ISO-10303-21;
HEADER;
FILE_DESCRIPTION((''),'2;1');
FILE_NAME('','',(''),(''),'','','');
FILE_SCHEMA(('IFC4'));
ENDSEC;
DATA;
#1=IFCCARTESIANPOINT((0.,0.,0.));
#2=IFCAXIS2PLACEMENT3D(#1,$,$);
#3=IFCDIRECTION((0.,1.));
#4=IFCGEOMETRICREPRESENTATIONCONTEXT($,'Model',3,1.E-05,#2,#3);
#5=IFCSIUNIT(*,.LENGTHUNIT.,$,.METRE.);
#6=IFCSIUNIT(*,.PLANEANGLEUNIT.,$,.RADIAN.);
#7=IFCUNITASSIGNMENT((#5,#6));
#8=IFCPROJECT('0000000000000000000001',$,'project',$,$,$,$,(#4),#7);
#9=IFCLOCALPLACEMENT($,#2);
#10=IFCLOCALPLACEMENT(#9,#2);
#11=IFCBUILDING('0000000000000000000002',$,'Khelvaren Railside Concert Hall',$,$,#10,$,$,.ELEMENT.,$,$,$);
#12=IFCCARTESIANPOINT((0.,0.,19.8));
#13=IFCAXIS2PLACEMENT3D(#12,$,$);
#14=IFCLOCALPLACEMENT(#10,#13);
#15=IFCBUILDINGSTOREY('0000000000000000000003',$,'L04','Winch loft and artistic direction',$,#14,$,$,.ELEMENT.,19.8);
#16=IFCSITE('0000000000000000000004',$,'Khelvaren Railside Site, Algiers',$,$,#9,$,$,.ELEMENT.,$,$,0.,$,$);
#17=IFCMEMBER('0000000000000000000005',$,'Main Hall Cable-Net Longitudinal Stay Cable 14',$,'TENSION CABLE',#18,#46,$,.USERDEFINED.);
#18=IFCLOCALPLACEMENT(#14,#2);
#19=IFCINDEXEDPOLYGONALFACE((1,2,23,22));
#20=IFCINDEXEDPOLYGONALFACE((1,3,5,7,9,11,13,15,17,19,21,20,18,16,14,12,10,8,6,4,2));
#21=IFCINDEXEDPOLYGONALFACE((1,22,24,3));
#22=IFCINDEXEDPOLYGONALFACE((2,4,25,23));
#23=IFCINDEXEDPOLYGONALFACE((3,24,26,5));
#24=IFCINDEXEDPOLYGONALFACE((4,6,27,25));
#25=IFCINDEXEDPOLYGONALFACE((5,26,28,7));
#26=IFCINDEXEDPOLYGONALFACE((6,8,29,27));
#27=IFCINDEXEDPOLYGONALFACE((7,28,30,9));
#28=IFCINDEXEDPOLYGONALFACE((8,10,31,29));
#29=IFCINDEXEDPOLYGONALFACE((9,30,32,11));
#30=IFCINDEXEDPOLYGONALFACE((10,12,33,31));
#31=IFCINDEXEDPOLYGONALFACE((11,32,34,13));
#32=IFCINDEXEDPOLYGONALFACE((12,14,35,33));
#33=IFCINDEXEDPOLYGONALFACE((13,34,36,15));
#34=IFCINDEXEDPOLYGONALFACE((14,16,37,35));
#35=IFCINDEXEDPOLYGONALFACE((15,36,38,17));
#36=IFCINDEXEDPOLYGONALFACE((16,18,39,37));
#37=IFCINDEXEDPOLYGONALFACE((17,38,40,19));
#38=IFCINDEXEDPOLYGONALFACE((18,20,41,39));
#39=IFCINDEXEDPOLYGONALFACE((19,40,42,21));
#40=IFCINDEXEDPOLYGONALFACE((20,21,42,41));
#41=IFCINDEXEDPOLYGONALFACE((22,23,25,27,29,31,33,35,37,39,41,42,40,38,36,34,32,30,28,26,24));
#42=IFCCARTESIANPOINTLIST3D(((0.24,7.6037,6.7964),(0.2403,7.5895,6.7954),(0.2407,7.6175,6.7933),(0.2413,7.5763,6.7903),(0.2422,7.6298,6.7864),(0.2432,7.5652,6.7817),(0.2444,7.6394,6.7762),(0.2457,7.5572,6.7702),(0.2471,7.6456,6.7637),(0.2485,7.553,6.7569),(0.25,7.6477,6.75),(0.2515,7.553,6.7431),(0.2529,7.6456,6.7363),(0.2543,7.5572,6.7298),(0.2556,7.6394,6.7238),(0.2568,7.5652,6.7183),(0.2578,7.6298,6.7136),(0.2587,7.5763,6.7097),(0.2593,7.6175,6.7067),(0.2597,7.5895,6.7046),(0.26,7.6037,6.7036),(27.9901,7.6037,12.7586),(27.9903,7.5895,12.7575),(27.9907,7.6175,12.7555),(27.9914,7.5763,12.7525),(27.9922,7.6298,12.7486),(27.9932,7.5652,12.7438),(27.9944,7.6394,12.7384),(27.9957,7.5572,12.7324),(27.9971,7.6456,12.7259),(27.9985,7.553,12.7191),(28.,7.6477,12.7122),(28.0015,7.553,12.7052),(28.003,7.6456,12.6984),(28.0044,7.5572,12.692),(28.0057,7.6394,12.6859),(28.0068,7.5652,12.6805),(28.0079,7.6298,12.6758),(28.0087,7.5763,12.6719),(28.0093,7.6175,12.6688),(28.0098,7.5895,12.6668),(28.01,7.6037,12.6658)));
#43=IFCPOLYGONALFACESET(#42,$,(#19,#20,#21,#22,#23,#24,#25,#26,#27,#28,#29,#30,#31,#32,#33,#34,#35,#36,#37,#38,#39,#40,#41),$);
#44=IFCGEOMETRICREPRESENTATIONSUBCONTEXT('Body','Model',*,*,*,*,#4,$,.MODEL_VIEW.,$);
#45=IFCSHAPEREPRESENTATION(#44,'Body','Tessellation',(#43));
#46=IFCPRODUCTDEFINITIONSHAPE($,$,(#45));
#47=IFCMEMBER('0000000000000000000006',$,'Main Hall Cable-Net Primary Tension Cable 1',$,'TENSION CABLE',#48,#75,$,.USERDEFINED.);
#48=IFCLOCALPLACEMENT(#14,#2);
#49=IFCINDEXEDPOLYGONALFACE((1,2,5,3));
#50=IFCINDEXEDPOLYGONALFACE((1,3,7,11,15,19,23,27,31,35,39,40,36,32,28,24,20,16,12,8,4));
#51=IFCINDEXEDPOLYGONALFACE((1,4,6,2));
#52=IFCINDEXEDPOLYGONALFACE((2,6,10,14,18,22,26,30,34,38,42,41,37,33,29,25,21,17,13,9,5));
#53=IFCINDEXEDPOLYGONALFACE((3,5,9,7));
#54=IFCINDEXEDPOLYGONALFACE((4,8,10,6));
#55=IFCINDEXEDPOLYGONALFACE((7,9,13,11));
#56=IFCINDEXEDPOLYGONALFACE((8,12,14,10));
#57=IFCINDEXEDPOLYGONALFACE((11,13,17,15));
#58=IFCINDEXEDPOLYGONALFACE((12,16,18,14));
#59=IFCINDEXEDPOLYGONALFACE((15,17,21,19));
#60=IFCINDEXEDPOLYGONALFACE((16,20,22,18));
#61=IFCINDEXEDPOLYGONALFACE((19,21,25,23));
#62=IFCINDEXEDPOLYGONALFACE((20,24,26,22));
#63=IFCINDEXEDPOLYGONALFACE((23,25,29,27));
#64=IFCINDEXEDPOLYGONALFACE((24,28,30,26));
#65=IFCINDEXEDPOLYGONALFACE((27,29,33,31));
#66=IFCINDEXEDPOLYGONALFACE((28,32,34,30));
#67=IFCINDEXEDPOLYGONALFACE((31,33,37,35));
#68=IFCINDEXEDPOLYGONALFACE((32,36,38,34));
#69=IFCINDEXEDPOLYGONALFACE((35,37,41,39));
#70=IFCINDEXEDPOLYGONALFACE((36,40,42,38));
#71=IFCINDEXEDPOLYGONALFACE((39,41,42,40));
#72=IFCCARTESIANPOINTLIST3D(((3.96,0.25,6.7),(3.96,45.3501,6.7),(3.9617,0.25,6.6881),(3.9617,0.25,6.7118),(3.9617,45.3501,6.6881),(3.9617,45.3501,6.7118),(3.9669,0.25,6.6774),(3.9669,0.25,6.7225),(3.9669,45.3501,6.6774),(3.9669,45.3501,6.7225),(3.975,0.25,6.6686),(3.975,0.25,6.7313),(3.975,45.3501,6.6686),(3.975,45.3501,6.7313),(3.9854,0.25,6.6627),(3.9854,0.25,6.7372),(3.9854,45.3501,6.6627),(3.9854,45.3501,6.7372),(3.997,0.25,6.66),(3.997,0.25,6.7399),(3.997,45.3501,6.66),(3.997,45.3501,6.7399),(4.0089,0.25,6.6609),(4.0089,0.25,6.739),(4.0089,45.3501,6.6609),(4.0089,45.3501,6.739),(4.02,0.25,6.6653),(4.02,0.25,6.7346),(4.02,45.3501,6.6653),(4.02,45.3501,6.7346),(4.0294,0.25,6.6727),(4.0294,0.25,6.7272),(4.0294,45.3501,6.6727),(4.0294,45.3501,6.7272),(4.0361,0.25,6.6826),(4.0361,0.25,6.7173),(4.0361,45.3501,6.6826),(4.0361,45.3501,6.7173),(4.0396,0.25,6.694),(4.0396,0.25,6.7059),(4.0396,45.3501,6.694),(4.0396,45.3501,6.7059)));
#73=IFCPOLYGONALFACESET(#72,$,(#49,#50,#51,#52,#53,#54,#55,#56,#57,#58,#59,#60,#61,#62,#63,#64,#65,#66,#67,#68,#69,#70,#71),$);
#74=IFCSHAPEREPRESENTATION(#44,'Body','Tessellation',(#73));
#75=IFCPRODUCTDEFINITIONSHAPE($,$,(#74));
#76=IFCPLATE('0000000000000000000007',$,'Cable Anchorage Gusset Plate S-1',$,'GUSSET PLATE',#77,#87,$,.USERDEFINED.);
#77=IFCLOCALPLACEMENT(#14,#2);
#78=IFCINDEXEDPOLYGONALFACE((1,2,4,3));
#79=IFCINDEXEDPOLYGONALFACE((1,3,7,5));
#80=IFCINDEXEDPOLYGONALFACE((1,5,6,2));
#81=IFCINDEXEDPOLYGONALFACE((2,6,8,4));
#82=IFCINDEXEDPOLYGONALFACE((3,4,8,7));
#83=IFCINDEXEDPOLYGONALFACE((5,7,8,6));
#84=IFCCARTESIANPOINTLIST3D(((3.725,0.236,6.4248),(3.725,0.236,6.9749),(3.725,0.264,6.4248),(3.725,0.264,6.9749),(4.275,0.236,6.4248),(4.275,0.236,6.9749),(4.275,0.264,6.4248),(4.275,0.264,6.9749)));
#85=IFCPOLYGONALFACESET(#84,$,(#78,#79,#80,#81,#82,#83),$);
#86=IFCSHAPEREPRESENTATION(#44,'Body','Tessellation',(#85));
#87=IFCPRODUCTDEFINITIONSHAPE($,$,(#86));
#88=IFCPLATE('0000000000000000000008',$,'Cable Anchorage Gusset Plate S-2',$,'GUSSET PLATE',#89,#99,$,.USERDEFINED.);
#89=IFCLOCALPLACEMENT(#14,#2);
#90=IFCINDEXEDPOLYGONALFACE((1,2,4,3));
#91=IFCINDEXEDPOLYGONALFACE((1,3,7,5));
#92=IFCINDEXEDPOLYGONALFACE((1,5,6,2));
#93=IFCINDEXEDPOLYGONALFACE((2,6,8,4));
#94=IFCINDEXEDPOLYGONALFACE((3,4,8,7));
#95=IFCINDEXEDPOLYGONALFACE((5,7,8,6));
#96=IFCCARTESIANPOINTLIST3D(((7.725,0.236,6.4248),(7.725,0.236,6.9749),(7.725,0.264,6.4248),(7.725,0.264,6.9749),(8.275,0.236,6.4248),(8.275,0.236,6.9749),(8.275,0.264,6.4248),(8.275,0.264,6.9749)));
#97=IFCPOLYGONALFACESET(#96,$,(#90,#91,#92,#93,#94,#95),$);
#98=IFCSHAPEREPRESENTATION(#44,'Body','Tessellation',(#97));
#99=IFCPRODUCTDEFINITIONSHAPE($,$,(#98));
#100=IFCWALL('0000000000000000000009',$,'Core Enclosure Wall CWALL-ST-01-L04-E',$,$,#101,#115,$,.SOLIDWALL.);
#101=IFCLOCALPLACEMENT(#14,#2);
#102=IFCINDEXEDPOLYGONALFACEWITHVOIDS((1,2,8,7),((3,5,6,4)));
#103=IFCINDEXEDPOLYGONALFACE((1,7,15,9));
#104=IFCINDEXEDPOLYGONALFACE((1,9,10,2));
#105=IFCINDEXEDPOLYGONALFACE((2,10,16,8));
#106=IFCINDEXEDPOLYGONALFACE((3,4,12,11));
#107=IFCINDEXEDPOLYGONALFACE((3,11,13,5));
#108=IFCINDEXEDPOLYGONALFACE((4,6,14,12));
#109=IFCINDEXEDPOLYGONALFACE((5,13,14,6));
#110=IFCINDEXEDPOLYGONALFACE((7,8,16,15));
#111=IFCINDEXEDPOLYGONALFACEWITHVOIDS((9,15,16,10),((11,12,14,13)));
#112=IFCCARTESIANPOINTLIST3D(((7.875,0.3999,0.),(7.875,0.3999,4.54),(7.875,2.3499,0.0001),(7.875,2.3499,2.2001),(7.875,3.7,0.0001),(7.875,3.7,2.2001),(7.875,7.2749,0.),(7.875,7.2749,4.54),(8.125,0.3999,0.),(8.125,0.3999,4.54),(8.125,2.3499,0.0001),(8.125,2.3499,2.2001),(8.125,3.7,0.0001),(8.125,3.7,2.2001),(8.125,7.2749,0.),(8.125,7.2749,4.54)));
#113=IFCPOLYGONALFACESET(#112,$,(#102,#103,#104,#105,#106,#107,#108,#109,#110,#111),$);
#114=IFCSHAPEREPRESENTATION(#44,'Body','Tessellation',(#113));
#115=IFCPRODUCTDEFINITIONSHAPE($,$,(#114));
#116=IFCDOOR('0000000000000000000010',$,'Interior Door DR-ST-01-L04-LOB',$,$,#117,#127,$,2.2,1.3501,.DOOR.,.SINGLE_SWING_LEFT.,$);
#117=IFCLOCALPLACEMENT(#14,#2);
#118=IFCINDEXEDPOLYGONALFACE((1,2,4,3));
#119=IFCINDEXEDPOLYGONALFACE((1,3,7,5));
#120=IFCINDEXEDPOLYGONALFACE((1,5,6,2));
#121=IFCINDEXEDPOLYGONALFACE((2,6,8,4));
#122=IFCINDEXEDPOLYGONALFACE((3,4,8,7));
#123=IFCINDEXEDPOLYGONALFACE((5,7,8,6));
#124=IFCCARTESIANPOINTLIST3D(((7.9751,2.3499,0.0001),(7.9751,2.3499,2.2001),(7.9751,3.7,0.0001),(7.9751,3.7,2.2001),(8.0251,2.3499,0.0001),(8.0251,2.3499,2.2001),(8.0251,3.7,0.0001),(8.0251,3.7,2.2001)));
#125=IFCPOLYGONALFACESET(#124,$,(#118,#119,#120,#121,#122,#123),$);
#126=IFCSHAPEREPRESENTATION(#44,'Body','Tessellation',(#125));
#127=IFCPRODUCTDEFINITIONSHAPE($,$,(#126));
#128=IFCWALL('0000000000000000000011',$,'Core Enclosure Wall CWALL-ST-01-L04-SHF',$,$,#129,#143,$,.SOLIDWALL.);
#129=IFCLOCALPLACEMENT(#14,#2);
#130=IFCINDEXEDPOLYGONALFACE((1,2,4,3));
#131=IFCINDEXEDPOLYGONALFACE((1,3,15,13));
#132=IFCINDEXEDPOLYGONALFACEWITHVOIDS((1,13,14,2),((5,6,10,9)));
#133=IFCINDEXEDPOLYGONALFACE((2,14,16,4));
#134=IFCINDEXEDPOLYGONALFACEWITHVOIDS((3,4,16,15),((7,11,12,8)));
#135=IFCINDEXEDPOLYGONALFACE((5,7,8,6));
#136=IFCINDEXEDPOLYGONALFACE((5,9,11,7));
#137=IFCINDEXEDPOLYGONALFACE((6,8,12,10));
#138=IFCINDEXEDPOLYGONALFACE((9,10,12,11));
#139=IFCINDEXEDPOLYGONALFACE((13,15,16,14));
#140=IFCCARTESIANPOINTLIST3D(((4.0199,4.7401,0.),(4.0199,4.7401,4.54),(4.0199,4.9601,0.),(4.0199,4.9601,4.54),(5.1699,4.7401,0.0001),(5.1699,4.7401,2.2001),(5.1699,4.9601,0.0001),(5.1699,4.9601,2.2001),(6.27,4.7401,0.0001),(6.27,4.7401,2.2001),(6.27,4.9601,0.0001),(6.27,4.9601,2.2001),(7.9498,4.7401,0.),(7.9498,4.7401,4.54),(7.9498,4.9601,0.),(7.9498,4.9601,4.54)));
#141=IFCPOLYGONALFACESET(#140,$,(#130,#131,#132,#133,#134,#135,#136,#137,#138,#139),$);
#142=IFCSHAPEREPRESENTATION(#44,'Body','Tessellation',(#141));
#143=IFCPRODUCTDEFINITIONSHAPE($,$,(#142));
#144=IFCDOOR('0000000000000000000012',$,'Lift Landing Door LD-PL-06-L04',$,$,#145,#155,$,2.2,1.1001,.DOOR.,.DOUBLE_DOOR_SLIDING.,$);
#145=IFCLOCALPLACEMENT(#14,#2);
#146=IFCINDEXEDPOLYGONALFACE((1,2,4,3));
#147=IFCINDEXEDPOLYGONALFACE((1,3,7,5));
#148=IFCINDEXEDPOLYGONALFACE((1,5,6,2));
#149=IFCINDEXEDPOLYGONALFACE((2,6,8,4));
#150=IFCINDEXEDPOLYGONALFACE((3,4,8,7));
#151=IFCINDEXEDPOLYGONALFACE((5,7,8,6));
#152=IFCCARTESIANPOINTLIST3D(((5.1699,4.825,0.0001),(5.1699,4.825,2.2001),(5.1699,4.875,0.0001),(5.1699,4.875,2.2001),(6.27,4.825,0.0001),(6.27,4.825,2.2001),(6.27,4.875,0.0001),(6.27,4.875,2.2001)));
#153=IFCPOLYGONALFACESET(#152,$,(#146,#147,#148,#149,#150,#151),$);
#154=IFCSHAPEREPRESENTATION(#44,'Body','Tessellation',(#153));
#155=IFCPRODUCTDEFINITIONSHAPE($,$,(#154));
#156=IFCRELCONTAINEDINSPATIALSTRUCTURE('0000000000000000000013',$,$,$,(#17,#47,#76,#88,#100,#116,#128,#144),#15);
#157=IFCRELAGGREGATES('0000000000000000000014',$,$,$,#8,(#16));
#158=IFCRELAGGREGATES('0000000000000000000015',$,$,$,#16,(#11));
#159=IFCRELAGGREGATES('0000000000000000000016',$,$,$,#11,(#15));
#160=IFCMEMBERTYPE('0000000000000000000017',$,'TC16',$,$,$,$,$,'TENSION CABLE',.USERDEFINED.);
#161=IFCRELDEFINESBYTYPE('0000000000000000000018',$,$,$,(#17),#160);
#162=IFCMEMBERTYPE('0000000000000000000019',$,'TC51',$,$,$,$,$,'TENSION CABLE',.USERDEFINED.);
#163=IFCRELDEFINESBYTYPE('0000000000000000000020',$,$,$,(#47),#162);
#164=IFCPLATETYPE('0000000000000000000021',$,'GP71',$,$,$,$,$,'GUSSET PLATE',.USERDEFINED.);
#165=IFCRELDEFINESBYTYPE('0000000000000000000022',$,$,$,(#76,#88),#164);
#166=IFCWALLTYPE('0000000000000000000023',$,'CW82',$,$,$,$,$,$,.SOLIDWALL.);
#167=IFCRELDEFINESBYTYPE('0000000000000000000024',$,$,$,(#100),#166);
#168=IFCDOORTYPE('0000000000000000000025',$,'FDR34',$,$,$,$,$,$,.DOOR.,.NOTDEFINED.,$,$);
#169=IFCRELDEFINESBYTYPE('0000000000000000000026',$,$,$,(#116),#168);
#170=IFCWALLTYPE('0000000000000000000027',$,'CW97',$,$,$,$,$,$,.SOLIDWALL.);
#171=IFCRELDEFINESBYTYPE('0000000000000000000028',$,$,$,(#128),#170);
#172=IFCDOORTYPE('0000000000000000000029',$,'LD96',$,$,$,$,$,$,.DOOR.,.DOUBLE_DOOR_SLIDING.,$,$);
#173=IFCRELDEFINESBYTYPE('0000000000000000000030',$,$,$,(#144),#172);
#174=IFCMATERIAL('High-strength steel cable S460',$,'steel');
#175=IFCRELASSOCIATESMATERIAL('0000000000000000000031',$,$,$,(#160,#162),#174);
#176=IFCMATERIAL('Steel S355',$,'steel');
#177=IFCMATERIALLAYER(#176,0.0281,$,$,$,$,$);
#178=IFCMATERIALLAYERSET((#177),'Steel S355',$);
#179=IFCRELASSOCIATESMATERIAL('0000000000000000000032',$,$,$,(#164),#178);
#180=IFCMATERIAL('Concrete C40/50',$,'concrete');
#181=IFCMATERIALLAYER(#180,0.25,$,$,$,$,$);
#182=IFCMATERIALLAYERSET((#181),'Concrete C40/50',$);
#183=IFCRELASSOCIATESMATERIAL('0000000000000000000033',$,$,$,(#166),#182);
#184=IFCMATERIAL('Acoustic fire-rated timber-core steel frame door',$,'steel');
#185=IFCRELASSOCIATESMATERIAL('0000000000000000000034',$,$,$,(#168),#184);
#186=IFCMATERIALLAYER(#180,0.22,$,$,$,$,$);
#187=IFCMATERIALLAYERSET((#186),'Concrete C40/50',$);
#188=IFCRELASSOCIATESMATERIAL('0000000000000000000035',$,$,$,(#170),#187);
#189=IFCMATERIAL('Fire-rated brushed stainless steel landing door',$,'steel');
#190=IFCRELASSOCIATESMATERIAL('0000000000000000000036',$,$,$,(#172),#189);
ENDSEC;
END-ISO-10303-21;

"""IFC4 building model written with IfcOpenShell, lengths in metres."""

from ifc_helpers import new_model, si_unit, direction, frame, frame_2d, origin, origin_2d, place, context, subcontext, project, spatial, rectangle, circle, extrude, material, layer, layer_set, material_profile, profile_set, type_object, element, fill, save


model = new_model("IFC4")

# Units and contexts
model_context = context("Model", 3, precision=1e-05, world=origin(), true_north=direction((0.0, 1.0)))
body_context = subcontext(model_context, "Body", "Model", "MODEL_VIEW")
ifc_project = project(units=[si_unit("LENGTHUNIT", "METRE"), si_unit("PLANEANGLEUNIT", "RADIAN")], contexts=[model_context])

# Site, building, storey
site_placement = place(None, origin())
site = spatial("IfcSite", under=ifc_project, at=site_placement, Name="Khelvaren Railside Site, Algiers", CompositionType="ELEMENT", RefElevation=0.0)
building_placement = place(site_placement, origin())
building = spatial("IfcBuilding", under=site, at=building_placement, Name="Khelvaren Railside Concert Hall", CompositionType="ELEMENT")
storey_placement = place(building_placement, frame((0.0, 0.0, 19.8)))
storey = spatial("IfcBuildingStorey", under=building, at=storey_placement, Name="L04", Description="Winch loft and artistic direction", CompositionType="ELEMENT", Elevation=19.8)

# Shared definitions
ifc_material_1 = material(Name="Concrete C40/50", Category="concrete")
ifc_material_2 = material(Name="Steel S355", Category="steel")

# Members
ifc_material_3 = material(Name="High-strength steel cable S460", Category="steel")
ifc_material_profile_1 = material_profile(ifc_material_3, circle(Radius=0.0476, at=origin_2d()), Name="LCB D95")
ifc_profile_set_1 = profile_set([ifc_material_profile_1], Name="High-strength steel cable S460")
member_type_1 = type_object("IfcMemberType", Name="TC16", ElementType="TENSION CABLE", PredefinedType="USERDEFINED", material=ifc_profile_set_1)
member_1_placement = place(storey_placement, frame((0.25, 7.6001, 6.75), z_axis=(0.977689, 0.0, 0.210059), x_axis=(0.0, 1.0, 0.0)))
element("IfcMember", 1, at=member_1_placement, inside=storey, type_object=member_type_1, Name="Main Hall Cable-Net Longitudinal Stay Cable 14", ObjectType="TENSION CABLE", PredefinedType="USERDEFINED", context=body_context, shape_type="SweptSolid", body=[
    extrude(circle(Radius=0.0476, at=origin_2d()), origin(), (0.0, 0.0, 1.0), 28.3833),
])
ifc_material_profile_2 = material_profile(ifc_material_3, circle(Radius=0.04, at=origin_2d()), Name="LCB D80")
ifc_profile_set_2 = profile_set([ifc_material_profile_2], Name="High-strength steel cable S460")
member_type_2 = type_object("IfcMemberType", Name="TC51", ElementType="TENSION CABLE", PredefinedType="USERDEFINED", material=ifc_profile_set_2)
member_2_placement = place(storey_placement, frame((4.0, 0.25, 6.7), z_axis=(0.0, 1.0, 0.0), x_axis=(-1.0, 0.0, 0.0)))
element("IfcMember", 2, at=member_2_placement, inside=storey, type_object=member_type_2, Name="Main Hall Cable-Net Primary Tension Cable 1", ObjectType="TENSION CABLE", PredefinedType="USERDEFINED", context=body_context, shape_type="SweptSolid", body=[
    extrude(circle(Radius=0.04, at=origin_2d()), origin(), (0.0, 0.0, 1.0), 45.1001),
])

# Plates
ifc_layer_1 = layer(ifc_material_2, 0.0281)
ifc_layer_set_1 = layer_set([ifc_layer_1], Name="Steel S355")
plate_type = type_object("IfcPlateType", Name="GP71", ElementType="GUSSET PLATE", PredefinedType="USERDEFINED", material=ifc_layer_set_1)
for number, where, z_axis, x_axis, name in (
    (3, (4.0, 0.25, 6.4248), (0.0, 0.0, 1.0), (1.0, 0.0, 0.0), "Cable Anchorage Gusset Plate S-1"),
    (4, (8.0, 0.25, 6.4248), (0.0, 0.0, 1.0), (1.0, 0.0, 0.0), "Cable Anchorage Gusset Plate S-2"),
):
    element("IfcPlate", number, at=place(storey_placement, frame(where, z_axis=z_axis, x_axis=x_axis)), inside=storey, type_object=plate_type, Name=name, ObjectType="GUSSET PLATE", PredefinedType="USERDEFINED", context=body_context, shape_type="SweptSolid", body=[
        extrude(rectangle(XDim=0.55, YDim=0.0281, at=origin_2d()), origin(), (0.0, 0.0, 1.0), 0.55),
    ])

# Walls, openings, doors
ifc_layer_2 = layer(ifc_material_1, 0.25)
ifc_layer_set_2 = layer_set([ifc_layer_2], Name="Concrete C40/50")
wall_type_1 = type_object("IfcWallType", Name="CW82", PredefinedType="SOLIDWALL", material=ifc_layer_set_2)
wall_1_placement = place(storey_placement, frame((8.0, 0.3999, 0.0), z_axis=(0.0, 0.0, 1.0), x_axis=(0.0, 1.0, 0.0)))
wall_1 = element("IfcWall", 5, at=wall_1_placement, inside=storey, type_object=wall_type_1, Name="Core Enclosure Wall CWALL-ST-01-L04-E", PredefinedType="SOLIDWALL", context=body_context, shape_type="SweptSolid", body=[
    extrude(rectangle(XDim=6.875, YDim=0.25, at=frame_2d((3.4375, 0.0))), origin(), (0.0, 0.0, 1.0), 4.54),
])
opening_1_placement = place(wall_1_placement, frame((1.95, 0.0, 0.0)))
opening_1 = element("IfcOpeningElement", 6, at=opening_1_placement, cuts=wall_1, PredefinedType="OPENING", context=body_context, shape_type="SweptSolid", body=[
    extrude(rectangle(XDim=1.3501, YDim=2.2, at=frame_2d((0.675, 1.1001))), frame((0.0, 0.135, 0.0), z_axis=(0.0, -1.0, 0.0), x_axis=(1.0, 0.0, 0.0)), (0.0, 0.0, 1.0), 0.27),
])
ifc_material_4 = material(Name="Acoustic fire-rated timber-core steel frame door", Category="steel")
door_type_1 = type_object("IfcDoorType", Name="FDR34", OperationType="NOTDEFINED", PredefinedType="DOOR", material=ifc_material_4)
door_1_placement = place(opening_1_placement, origin())
door_1 = element("IfcDoor", 7, at=door_1_placement, inside=storey, type_object=door_type_1, Name="Interior Door DR-ST-01-L04-LOB", OperationType="SINGLE_SWING_LEFT", OverallHeight=2.2, OverallWidth=1.3501, PredefinedType="DOOR", context=body_context, shape_type="SweptSolid", body=[
    extrude(rectangle(XDim=1.3501, YDim=2.2, at=frame_2d((0.675, 1.1001))), frame((0.0, 0.0249, 0.0), z_axis=(0.0, -1.0, 0.0), x_axis=(1.0, 0.0, 0.0)), (0.0, 0.0, 1.0), 0.05),
])
fill(opening_1, door_1)
ifc_layer_3 = layer(ifc_material_1, 0.22)
ifc_layer_set_3 = layer_set([ifc_layer_3], Name="Concrete C40/50")
wall_type_2 = type_object("IfcWallType", Name="CW97", PredefinedType="SOLIDWALL", material=ifc_layer_set_3)
wall_2_placement = place(storey_placement, frame((4.02, 4.8501, 0.0), z_axis=(0.0, 0.0, 1.0), x_axis=(1.0, 0.0, 0.0)))
wall_2 = element("IfcWall", 8, at=wall_2_placement, inside=storey, type_object=wall_type_2, Name="Core Enclosure Wall CWALL-ST-01-L04-SHF", PredefinedType="SOLIDWALL", context=body_context, shape_type="SweptSolid", body=[
    extrude(rectangle(XDim=3.9299, YDim=0.22, at=frame_2d((1.9648, 0.0))), origin(), (0.0, 0.0, 1.0), 4.54),
])
opening_2_placement = place(wall_2_placement, frame((1.1499, 0.0, 0.0)))
opening_2 = element("IfcOpeningElement", 9, at=opening_2_placement, cuts=wall_2, PredefinedType="OPENING", context=body_context, shape_type="SweptSolid", body=[
    extrude(rectangle(XDim=1.1001, YDim=2.2, at=frame_2d((0.55, 1.1001))), frame((0.0, 0.1199, 0.0), z_axis=(0.0, -1.0, 0.0), x_axis=(1.0, 0.0, 0.0)), (0.0, 0.0, 1.0), 0.24),
])
ifc_material_5 = material(Name="Fire-rated brushed stainless steel landing door", Category="steel")
door_type_2 = type_object("IfcDoorType", Name="LD96", OperationType="DOUBLE_DOOR_SLIDING", PredefinedType="DOOR", material=ifc_material_5)
door_2_placement = place(opening_2_placement, origin())
door_2 = element("IfcDoor", 10, at=door_2_placement, inside=storey, type_object=door_type_2, Name="Lift Landing Door LD-PL-06-L04", OperationType="DOUBLE_DOOR_SLIDING", OverallHeight=2.2, OverallWidth=1.1001, PredefinedType="DOOR", context=body_context, shape_type="SweptSolid", body=[
    extrude(rectangle(XDim=1.1001, YDim=2.2, at=frame_2d((0.55, 1.1001))), frame((0.0, 0.0249, 0.0), z_axis=(0.0, -1.0, 0.0), x_axis=(1.0, 0.0, 0.0)), (0.0, 0.0, 1.0), 0.05),
])
fill(opening_2, door_2)

save(model, "model.ifc")
